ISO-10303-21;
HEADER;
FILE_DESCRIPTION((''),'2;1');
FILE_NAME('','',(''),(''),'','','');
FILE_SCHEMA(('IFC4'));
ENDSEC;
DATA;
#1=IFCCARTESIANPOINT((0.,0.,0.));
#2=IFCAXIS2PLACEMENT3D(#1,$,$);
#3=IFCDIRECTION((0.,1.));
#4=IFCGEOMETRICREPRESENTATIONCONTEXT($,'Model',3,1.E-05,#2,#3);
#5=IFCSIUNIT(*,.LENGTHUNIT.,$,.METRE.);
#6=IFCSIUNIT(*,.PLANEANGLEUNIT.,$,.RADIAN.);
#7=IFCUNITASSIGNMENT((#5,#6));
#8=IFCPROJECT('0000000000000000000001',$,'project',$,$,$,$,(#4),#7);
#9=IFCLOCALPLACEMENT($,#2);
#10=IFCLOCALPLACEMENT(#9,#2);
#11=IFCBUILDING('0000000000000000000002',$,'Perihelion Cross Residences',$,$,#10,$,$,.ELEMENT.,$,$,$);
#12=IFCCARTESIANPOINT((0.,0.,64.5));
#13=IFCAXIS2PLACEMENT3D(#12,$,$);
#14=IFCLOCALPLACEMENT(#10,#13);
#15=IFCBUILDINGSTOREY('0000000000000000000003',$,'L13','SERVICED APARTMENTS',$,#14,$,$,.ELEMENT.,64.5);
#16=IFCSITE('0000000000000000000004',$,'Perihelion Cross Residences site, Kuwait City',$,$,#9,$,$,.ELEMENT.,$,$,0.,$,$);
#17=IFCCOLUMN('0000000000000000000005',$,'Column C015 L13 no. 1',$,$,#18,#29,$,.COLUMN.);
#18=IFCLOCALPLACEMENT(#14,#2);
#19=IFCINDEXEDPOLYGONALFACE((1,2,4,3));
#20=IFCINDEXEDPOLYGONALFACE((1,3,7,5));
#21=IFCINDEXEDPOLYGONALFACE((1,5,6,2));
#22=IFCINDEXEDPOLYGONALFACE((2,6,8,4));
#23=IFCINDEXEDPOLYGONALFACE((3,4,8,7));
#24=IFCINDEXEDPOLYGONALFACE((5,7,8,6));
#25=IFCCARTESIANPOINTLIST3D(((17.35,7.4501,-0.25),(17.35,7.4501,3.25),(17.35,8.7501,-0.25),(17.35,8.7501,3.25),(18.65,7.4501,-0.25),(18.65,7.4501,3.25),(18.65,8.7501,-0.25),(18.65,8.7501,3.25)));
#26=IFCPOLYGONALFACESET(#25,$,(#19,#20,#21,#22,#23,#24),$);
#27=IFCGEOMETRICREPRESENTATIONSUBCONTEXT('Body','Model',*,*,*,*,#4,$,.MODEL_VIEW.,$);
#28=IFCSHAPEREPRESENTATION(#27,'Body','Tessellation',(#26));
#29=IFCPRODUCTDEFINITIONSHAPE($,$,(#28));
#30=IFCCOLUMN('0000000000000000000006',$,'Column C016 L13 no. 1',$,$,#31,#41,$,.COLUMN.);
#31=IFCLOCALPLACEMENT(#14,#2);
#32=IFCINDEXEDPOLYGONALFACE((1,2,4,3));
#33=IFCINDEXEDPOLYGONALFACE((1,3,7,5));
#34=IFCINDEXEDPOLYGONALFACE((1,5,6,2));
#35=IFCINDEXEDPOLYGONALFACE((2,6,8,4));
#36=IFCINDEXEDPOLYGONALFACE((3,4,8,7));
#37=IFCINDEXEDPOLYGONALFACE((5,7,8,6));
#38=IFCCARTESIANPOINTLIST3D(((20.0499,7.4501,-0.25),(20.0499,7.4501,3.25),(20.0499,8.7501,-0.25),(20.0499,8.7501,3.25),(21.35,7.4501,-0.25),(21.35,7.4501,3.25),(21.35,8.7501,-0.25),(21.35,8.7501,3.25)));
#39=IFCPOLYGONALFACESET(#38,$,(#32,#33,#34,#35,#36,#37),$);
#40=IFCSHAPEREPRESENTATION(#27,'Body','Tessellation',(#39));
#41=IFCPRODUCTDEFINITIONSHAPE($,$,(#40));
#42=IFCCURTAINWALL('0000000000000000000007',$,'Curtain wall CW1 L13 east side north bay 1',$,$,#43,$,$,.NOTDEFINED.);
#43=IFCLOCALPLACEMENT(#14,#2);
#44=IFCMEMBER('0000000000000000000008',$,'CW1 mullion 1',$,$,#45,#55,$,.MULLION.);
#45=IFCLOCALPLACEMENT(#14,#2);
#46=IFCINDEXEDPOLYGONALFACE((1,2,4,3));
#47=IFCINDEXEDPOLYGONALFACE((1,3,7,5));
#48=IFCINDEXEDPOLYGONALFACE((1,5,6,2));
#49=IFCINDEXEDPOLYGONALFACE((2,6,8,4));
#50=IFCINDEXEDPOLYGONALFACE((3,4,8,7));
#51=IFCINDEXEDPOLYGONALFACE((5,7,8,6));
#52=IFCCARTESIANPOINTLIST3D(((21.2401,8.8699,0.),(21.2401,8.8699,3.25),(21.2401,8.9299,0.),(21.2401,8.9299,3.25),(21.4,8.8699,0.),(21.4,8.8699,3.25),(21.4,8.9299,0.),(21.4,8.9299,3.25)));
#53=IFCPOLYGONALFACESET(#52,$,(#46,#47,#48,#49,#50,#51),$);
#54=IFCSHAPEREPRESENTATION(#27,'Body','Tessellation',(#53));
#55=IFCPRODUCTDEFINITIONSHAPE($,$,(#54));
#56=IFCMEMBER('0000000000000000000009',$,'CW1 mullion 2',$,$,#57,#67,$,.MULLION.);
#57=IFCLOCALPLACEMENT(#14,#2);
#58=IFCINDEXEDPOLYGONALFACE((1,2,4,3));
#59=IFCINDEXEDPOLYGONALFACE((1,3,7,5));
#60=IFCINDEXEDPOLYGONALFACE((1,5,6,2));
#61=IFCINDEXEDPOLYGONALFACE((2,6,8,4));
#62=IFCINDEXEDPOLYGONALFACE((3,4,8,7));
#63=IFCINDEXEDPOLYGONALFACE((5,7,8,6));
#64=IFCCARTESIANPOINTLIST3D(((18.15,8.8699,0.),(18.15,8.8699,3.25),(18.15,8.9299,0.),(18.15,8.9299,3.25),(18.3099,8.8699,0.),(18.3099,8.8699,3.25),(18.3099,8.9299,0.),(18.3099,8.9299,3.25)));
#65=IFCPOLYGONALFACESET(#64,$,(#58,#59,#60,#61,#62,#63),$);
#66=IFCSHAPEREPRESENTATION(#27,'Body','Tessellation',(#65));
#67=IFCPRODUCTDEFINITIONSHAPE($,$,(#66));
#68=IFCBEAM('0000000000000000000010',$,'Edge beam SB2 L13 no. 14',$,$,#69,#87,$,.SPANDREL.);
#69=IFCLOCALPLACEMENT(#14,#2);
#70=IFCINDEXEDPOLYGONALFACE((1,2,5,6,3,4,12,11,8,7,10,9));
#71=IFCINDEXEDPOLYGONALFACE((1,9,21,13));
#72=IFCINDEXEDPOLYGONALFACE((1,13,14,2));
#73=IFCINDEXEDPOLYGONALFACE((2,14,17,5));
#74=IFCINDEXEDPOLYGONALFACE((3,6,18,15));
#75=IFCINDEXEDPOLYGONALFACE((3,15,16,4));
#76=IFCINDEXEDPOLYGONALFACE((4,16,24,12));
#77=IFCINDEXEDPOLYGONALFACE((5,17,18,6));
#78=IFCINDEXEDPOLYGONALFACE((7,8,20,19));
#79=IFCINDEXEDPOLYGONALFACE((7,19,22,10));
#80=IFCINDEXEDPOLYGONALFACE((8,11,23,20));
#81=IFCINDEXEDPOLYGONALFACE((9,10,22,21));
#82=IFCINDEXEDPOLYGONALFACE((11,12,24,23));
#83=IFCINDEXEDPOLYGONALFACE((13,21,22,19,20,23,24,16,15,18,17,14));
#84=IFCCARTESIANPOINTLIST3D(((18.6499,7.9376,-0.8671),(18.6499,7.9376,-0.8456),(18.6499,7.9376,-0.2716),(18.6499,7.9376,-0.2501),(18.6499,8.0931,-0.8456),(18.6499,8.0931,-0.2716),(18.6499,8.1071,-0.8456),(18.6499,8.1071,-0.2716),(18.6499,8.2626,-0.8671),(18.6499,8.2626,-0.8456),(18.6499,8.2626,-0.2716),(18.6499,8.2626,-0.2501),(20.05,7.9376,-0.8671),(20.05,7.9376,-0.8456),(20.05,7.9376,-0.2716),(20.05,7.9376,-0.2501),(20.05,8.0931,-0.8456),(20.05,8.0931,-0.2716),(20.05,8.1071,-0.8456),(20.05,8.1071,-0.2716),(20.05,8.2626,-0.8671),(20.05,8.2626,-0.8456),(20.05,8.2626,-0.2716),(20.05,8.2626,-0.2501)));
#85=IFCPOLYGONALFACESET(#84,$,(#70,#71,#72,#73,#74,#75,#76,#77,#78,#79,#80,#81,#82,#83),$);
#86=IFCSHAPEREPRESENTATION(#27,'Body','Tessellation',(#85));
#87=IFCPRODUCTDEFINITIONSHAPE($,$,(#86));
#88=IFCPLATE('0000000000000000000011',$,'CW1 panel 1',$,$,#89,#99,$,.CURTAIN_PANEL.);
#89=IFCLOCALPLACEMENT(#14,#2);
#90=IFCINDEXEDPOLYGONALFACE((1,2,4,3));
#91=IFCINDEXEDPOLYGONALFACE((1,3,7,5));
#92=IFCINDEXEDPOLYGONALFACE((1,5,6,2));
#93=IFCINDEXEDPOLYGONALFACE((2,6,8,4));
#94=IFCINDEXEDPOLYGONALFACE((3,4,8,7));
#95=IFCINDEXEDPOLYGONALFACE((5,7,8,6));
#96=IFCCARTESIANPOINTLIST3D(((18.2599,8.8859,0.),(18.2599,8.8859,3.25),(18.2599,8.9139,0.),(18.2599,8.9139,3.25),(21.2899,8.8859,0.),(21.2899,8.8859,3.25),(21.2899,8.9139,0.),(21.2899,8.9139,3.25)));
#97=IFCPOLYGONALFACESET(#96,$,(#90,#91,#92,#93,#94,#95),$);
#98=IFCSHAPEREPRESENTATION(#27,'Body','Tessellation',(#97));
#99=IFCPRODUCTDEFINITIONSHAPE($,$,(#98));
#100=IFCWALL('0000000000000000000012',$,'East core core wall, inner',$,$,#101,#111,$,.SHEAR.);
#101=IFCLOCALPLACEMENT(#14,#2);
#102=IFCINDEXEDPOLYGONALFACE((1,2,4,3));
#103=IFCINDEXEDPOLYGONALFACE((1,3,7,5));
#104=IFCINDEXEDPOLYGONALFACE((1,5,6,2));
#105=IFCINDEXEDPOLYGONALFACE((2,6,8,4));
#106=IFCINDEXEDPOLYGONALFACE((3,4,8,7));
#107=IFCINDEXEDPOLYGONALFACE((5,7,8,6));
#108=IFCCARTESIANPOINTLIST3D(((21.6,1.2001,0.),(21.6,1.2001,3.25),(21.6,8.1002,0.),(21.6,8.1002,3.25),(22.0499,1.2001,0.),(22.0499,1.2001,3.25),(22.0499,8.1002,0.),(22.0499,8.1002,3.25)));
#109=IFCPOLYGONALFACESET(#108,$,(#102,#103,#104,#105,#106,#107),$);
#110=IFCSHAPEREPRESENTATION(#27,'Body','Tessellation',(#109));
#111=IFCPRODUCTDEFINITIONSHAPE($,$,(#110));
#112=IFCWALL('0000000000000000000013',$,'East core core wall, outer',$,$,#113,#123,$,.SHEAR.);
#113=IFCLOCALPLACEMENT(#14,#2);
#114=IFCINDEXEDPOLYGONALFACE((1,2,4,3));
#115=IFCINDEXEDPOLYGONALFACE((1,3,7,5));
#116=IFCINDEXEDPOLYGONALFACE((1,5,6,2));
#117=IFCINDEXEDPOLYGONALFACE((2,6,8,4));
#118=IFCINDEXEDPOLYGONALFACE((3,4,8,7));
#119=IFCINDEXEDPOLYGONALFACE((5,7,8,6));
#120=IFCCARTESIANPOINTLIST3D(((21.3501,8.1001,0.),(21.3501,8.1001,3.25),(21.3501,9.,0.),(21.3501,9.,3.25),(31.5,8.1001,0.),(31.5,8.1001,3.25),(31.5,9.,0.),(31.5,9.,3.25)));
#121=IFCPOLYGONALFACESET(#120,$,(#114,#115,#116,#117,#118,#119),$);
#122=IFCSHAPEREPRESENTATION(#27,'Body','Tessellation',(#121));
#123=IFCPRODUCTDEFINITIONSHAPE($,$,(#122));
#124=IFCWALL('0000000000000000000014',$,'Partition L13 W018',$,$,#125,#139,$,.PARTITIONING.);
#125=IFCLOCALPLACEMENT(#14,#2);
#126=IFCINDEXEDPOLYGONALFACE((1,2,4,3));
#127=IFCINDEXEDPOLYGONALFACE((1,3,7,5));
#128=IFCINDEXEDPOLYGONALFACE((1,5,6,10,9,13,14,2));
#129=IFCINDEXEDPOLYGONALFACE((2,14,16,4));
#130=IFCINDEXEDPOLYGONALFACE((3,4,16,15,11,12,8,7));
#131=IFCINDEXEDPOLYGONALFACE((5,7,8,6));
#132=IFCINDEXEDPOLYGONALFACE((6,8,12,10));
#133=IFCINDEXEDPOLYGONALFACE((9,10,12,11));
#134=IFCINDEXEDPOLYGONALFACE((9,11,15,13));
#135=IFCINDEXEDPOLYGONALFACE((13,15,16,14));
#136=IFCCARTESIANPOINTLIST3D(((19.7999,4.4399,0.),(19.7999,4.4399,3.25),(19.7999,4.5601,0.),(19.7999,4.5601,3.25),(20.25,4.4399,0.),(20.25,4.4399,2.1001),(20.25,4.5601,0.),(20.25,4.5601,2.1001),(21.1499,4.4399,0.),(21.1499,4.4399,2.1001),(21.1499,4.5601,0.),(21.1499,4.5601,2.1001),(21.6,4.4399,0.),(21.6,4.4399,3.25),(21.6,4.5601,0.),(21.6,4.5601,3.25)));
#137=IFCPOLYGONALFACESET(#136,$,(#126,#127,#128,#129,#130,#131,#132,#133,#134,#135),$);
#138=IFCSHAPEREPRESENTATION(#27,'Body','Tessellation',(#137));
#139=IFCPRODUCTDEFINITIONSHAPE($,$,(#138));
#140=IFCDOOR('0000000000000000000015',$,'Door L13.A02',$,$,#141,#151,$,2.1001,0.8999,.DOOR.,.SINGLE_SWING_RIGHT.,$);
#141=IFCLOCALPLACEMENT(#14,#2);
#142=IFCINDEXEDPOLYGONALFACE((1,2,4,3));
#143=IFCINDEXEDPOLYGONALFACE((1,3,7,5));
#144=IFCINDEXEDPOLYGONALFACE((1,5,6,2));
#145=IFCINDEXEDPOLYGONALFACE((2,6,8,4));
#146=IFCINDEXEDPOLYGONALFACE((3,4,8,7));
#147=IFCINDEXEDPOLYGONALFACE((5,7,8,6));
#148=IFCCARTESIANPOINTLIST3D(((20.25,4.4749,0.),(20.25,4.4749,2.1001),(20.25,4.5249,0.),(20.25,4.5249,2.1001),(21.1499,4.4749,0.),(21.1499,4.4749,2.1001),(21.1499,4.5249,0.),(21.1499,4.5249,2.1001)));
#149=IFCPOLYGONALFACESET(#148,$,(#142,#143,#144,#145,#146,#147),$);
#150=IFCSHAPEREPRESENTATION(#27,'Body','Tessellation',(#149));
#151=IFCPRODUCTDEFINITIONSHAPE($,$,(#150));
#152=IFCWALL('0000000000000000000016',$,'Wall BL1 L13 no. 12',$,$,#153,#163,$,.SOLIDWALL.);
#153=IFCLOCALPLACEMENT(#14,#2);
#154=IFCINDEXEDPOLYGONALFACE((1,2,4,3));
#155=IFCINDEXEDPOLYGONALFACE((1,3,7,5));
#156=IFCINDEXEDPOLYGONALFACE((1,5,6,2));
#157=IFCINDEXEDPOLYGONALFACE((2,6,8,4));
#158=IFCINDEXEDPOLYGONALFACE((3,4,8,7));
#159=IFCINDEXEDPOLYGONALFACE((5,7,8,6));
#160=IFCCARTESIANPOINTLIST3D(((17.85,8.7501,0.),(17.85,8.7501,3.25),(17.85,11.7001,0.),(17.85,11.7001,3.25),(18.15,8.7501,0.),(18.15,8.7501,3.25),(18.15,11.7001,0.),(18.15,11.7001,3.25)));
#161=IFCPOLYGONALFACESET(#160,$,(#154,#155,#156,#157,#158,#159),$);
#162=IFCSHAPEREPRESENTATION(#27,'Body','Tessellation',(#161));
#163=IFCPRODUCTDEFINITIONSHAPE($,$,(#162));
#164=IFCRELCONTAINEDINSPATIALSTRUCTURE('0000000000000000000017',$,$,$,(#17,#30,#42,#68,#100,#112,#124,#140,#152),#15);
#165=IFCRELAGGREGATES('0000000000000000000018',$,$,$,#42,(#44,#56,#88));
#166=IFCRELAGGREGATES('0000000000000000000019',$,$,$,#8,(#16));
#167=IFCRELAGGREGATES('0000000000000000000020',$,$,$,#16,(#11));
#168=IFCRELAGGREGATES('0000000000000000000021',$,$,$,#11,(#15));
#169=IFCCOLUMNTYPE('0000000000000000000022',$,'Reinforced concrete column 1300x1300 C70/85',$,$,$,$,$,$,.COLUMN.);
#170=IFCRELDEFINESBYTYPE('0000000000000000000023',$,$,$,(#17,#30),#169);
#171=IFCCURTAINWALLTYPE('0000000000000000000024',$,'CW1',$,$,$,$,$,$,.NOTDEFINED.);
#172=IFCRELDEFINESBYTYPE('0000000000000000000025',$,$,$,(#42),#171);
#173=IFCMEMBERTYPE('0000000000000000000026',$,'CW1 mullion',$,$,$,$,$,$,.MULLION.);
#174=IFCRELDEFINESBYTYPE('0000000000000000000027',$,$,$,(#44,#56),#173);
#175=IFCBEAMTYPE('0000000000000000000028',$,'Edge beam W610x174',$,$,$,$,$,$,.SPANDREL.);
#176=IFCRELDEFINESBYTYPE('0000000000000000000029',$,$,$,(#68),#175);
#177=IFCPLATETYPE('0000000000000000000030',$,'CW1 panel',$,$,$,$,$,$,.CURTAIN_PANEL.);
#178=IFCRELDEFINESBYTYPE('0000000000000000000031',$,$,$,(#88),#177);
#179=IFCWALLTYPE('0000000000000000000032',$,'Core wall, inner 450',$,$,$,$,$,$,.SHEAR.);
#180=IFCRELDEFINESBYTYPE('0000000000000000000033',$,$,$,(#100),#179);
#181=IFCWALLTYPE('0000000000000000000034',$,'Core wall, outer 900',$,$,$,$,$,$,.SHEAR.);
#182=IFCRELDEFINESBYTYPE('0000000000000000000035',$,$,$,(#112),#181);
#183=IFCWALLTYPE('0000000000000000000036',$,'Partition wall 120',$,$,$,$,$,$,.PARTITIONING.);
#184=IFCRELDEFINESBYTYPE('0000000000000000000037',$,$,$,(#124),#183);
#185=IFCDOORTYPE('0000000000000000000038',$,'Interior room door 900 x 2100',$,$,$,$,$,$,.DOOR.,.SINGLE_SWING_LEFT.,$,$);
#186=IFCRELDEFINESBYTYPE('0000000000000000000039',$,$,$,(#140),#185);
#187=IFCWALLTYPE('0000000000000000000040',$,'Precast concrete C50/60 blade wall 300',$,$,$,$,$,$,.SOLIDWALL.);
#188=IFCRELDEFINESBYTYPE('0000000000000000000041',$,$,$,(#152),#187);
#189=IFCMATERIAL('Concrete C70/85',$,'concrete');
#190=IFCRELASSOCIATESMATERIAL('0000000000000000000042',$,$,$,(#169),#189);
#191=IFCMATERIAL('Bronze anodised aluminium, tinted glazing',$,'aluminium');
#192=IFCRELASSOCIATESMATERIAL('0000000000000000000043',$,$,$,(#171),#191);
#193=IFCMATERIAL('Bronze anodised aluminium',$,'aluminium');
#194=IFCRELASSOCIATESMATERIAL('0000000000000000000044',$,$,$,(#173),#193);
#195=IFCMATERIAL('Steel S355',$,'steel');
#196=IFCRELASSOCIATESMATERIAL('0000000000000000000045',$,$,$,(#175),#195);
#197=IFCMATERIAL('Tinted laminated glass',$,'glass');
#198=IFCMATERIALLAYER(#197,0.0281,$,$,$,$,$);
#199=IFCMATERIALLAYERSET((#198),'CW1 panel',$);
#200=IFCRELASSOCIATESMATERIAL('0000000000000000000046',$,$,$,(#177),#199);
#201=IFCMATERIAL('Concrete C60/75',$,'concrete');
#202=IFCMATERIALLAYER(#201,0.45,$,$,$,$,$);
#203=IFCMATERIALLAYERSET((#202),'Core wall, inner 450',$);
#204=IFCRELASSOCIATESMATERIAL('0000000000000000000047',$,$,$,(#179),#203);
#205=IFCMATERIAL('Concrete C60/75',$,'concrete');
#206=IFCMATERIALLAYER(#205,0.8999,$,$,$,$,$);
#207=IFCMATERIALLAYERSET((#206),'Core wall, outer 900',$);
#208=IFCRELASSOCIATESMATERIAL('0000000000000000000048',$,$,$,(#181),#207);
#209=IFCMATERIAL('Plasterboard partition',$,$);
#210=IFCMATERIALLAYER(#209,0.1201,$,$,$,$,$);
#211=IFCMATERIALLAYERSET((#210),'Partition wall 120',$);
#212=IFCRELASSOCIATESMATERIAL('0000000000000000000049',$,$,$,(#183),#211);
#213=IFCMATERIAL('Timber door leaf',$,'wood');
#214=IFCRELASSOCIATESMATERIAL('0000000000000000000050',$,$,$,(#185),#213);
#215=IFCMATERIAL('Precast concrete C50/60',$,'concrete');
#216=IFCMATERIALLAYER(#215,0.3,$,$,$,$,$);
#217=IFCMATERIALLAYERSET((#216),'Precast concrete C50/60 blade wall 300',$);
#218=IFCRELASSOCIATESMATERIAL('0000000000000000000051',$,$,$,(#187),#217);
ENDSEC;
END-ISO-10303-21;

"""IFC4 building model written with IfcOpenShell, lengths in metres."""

from ifc_helpers import new_model, si_unit, direction, frame, frame_2d, origin, origin_2d, place, context, subcontext, project, spatial, rectangle, i_section, extrude, material, layer, layer_set, material_profile, profile_set, type_object, element, fill, aggregate, save


model = new_model("IFC4")

# Units and contexts
model_context = context("Model", 3, precision=1e-05, world=origin(), true_north=direction((0.0, 1.0)))
body_context = subcontext(model_context, "Body", "Model", "MODEL_VIEW")
ifc_project = project(units=[si_unit("LENGTHUNIT", "METRE"), si_unit("PLANEANGLEUNIT", "RADIAN")], contexts=[model_context])

# Site, building, storey
site_placement = place(None, origin())
site = spatial("IfcSite", under=ifc_project, at=site_placement, Name="Perihelion Cross Residences site, Kuwait City", CompositionType="ELEMENT", RefElevation=0.0)
building_placement = place(site_placement, origin())
building = spatial("IfcBuilding", under=site, at=building_placement, Name="Perihelion Cross Residences", CompositionType="ELEMENT")
storey_placement = place(building_placement, frame((0.0, 0.0, 64.5)))
storey = spatial("IfcBuildingStorey", under=building, at=storey_placement, Name="L13", Description="SERVICED APARTMENTS", CompositionType="ELEMENT", Elevation=64.5)

# Columns
ifc_material_1 = material(Name="Concrete C70/85", Category="concrete")
ifc_material_profile_1 = material_profile(ifc_material_1, rectangle(XDim=1.3, YDim=1.3, at=origin_2d()), Name="RC 1300x1300")
ifc_profile_set_1 = profile_set([ifc_material_profile_1], Name="Concrete C70/85")
column_type = type_object("IfcColumnType", Name="Reinforced concrete column 1300x1300 C70/85", PredefinedType="COLUMN", material=ifc_profile_set_1)
for number, where, z_axis, x_axis, name in (
    (1, (18.0, 8.1001, -0.25), (0.0, 0.0, 1.0), (1.0, 0.0, 0.0), "Column C015 L13 no. 1"),
    (2, (20.7, 8.1001, -0.25), (0.0, 0.0, 1.0), (1.0, 0.0, 0.0), "Column C016 L13 no. 1"),
):
    element("IfcColumn", number, at=place(storey_placement, frame(where, z_axis=z_axis, x_axis=x_axis)), inside=storey, type_object=column_type, Name=name, PredefinedType="COLUMN", context=body_context, shape_type="SweptSolid", body=[
        extrude(rectangle(XDim=1.3, YDim=1.3, at=origin_2d()), origin(), (0.0, 0.0, 1.0), 3.5),
    ])

# Curtain wall, members
ifc_material_2 = material(Name="Bronze anodised aluminium, tinted glazing", Category="aluminium")
curtain_wall_type = type_object("IfcCurtainWallType", Name="CW1", PredefinedType="NOTDEFINED", material=ifc_material_2)
curtain_wall_placement = place(storey_placement, origin())
curtain_wall = element("IfcCurtainWall", 3, at=curtain_wall_placement, inside=storey, type_object=curtain_wall_type, Name="Curtain wall CW1 L13 east side north bay 1", PredefinedType="NOTDEFINED")
ifc_material_3 = material(Name="Bronze anodised aluminium", Category="aluminium")
ifc_material_profile_2 = material_profile(ifc_material_3, rectangle(XDim=0.0601, YDim=0.1599, at=origin_2d()), Name="CW1 mullion")
ifc_profile_set_2 = profile_set([ifc_material_profile_2], Name="Bronze anodised aluminium")
member_type = type_object("IfcMemberType", Name="CW1 mullion", PredefinedType="MULLION", material=ifc_profile_set_2)
member_1_placement = place(storey_placement, frame((21.3201, 8.8999, 0.0), z_axis=(0.0, 0.0, 1.0), x_axis=(0.0, -1.0, 0.0)))
member_1 = element("IfcMember", 4, at=member_1_placement, type_object=member_type, Name="CW1 mullion 1", PredefinedType="MULLION", context=body_context, shape_type="SweptSolid", body=[
    extrude(rectangle(XDim=0.0601, YDim=0.1599, at=origin_2d()), origin(), (0.0, 0.0, 1.0), 3.25),
])
member_2_placement = place(storey_placement, frame((18.23, 8.8999, 0.0), z_axis=(0.0, 0.0, 1.0), x_axis=(0.0, -1.0, 0.0)))
member_2 = element("IfcMember", 5, at=member_2_placement, type_object=member_type, Name="CW1 mullion 2", PredefinedType="MULLION", context=body_context, shape_type="SweptSolid", body=[
    extrude(rectangle(XDim=0.0601, YDim=0.1599, at=origin_2d()), origin(), (0.0, 0.0, 1.0), 3.25),
])

# Beam
ifc_material_4 = material(Name="Steel S355", Category="steel")
ifc_material_profile_3 = material_profile(ifc_material_4, i_section(OverallWidth=0.325, OverallDepth=0.6169, WebThickness=0.0139, FlangeThickness=0.0215, at=origin_2d()), Name="W610x174")
ifc_profile_set_3 = profile_set([ifc_material_profile_3], Name="Steel S355")
beam_type = type_object("IfcBeamType", Name="Edge beam W610x174", PredefinedType="SPANDREL", material=ifc_profile_set_3)
beam_placement = place(storey_placement, frame((20.05, 8.1001, -0.5586), z_axis=(-1.0, 0.0, 0.0), x_axis=(0.0, -1.0, 0.0)))
element("IfcBeam", 6, at=beam_placement, inside=storey, type_object=beam_type, Name="Edge beam SB2 L13 no. 14", PredefinedType="SPANDREL", context=body_context, shape_type="SweptSolid", body=[
    extrude(i_section(OverallWidth=0.325, OverallDepth=0.6169, WebThickness=0.0139, FlangeThickness=0.0215, at=origin_2d()), origin(), (0.0, 0.0, 1.0), 1.4001),
])

# Plate
ifc_material_5 = material(Name="Tinted laminated glass", Category="glass")
ifc_layer_1 = layer(ifc_material_5, 0.0281)
ifc_layer_set_1 = layer_set([ifc_layer_1], Name="CW1 panel")
plate_type = type_object("IfcPlateType", Name="CW1 panel", PredefinedType="CURTAIN_PANEL", material=ifc_layer_set_1)
plate_placement = place(storey_placement, frame((19.7749, 8.8999, 0.0), z_axis=(0.0, 0.0, 1.0), x_axis=(-1.0, 0.0, 0.0)))
plate = element("IfcPlate", 7, at=plate_placement, type_object=plate_type, Name="CW1 panel 1", PredefinedType="CURTAIN_PANEL", context=body_context, shape_type="SweptSolid", body=[
    extrude(rectangle(XDim=3.03, YDim=0.0281, at=origin_2d()), origin(), (0.0, 0.0, 1.0), 3.25),
])
aggregate(curtain_wall, [member_1, member_2, plate])

# Walls
ifc_material_6 = material(Name="Concrete C60/75", Category="concrete")
ifc_layer_2 = layer(ifc_material_6, 0.45)
ifc_layer_set_2 = layer_set([ifc_layer_2], Name="Core wall, inner 450")
wall_type_1 = type_object("IfcWallType", Name="Core wall, inner 450", PredefinedType="SHEAR", material=ifc_layer_set_2)
wall_1_placement = place(storey_placement, frame((21.825, 1.2, 0.0), z_axis=(0.0, 0.0, 1.0), x_axis=(0.0, 1.0, 0.0)))
element("IfcWall", 8, at=wall_1_placement, inside=storey, type_object=wall_type_1, Name="East core core wall, inner", PredefinedType="SHEAR", context=body_context, shape_type="SweptSolid", body=[
    extrude(rectangle(XDim=6.9001, YDim=0.45, at=frame_2d((3.4502, 0.0))), origin(), (0.0, 0.0, 1.0), 3.25),
])
ifc_material_7 = material(Name="Concrete C60/75", Category="concrete")
ifc_layer_3 = layer(ifc_material_7, 0.8999)
ifc_layer_set_3 = layer_set([ifc_layer_3], Name="Core wall, outer 900")
wall_type_2 = type_object("IfcWallType", Name="Core wall, outer 900", PredefinedType="SHEAR", material=ifc_layer_set_3)
wall_2_placement = place(storey_placement, frame((21.3501, 8.55, 0.0), z_axis=(0.0, 0.0, 1.0), x_axis=(1.0, 0.0, 0.0)))
element("IfcWall", 9, at=wall_2_placement, inside=storey, type_object=wall_type_2, Name="East core core wall, outer", PredefinedType="SHEAR", context=body_context, shape_type="SweptSolid", body=[
    extrude(rectangle(XDim=10.1499, YDim=0.8999, at=frame_2d((5.075, 0.0))), origin(), (0.0, 0.0, 1.0), 3.25),
])

# Wall, opening, door
ifc_material_8 = material(Name="Plasterboard partition")
ifc_layer_4 = layer(ifc_material_8, 0.1201)
ifc_layer_set_4 = layer_set([ifc_layer_4], Name="Partition wall 120")
wall_type_3 = type_object("IfcWallType", Name="Partition wall 120", PredefinedType="PARTITIONING", material=ifc_layer_set_4)
wall_3_placement = place(storey_placement, frame((19.8, 4.5, 0.0), z_axis=(0.0, 0.0, 1.0), x_axis=(1.0, 0.0, 0.0)))
wall_3 = element("IfcWall", 10, at=wall_3_placement, inside=storey, type_object=wall_type_3, Name="Partition L13 W018", PredefinedType="PARTITIONING", context=body_context, shape_type="SweptSolid", body=[
    extrude(rectangle(XDim=1.8, YDim=0.1201, at=frame_2d((0.8999, 0.0))), origin(), (0.0, 0.0, 1.0), 3.25),
])
opening_1_placement = place(wall_3_placement, frame((0.45, 0.0, 0.0)))
opening_1 = element("IfcOpeningElement", 11, at=opening_1_placement, cuts=wall_3, PredefinedType="OPENING", context=body_context, shape_type="SweptSolid", body=[
    extrude(rectangle(XDim=0.8999, YDim=2.1001, at=frame_2d((0.45, 1.05))), frame((0.0, 0.0701, 0.0), z_axis=(0.0, -1.0, 0.0), x_axis=(1.0, 0.0, 0.0)), (0.0, 0.0, 1.0), 0.1401),
])
ifc_material_9 = material(Name="Timber door leaf", Category="wood")
door_type_1 = type_object("IfcDoorType", Name="Interior room door 900 x 2100", OperationType="SINGLE_SWING_LEFT", PredefinedType="DOOR", material=ifc_material_9)
door_1_placement = place(opening_1_placement, origin())
door_1 = element("IfcDoor", 12, at=door_1_placement, inside=storey, type_object=door_type_1, Name="Door L13.A02", OperationType="SINGLE_SWING_RIGHT", OverallHeight=2.1001, OverallWidth=0.8999, PredefinedType="DOOR", context=body_context, shape_type="SweptSolid", body=[
    extrude(rectangle(XDim=0.8999, YDim=2.1001, at=frame_2d((0.45, 1.05))), frame((0.0, 0.0249, 0.0), z_axis=(0.0, -1.0, 0.0), x_axis=(1.0, 0.0, 0.0)), (0.0, 0.0, 1.0), 0.05),
])
fill(opening_1, door_1)

# Wall
ifc_material_10 = material(Name="Precast concrete C50/60", Category="concrete")
ifc_layer_5 = layer(ifc_material_10, 0.3)
ifc_layer_set_5 = layer_set([ifc_layer_5], Name="Precast concrete C50/60 blade wall 300")
wall_type_4 = type_object("IfcWallType", Name="Precast concrete C50/60 blade wall 300", PredefinedType="SOLIDWALL", material=ifc_layer_set_5)
wall_4_placement = place(storey_placement, frame((18.0, 8.75, 0.0), z_axis=(0.0, 0.0, 1.0), x_axis=(0.0, 1.0, 0.0)))
element("IfcWall", 13, at=wall_4_placement, inside=storey, type_object=wall_type_4, Name="Wall BL1 L13 no. 12", PredefinedType="SOLIDWALL", context=body_context, shape_type="SweptSolid", body=[
    extrude(rectangle(XDim=2.95, YDim=0.3, at=frame_2d((1.4751, 0.0))), origin(), (0.0, 0.0, 1.0), 3.25),
])

save(model, "model.ifc")
